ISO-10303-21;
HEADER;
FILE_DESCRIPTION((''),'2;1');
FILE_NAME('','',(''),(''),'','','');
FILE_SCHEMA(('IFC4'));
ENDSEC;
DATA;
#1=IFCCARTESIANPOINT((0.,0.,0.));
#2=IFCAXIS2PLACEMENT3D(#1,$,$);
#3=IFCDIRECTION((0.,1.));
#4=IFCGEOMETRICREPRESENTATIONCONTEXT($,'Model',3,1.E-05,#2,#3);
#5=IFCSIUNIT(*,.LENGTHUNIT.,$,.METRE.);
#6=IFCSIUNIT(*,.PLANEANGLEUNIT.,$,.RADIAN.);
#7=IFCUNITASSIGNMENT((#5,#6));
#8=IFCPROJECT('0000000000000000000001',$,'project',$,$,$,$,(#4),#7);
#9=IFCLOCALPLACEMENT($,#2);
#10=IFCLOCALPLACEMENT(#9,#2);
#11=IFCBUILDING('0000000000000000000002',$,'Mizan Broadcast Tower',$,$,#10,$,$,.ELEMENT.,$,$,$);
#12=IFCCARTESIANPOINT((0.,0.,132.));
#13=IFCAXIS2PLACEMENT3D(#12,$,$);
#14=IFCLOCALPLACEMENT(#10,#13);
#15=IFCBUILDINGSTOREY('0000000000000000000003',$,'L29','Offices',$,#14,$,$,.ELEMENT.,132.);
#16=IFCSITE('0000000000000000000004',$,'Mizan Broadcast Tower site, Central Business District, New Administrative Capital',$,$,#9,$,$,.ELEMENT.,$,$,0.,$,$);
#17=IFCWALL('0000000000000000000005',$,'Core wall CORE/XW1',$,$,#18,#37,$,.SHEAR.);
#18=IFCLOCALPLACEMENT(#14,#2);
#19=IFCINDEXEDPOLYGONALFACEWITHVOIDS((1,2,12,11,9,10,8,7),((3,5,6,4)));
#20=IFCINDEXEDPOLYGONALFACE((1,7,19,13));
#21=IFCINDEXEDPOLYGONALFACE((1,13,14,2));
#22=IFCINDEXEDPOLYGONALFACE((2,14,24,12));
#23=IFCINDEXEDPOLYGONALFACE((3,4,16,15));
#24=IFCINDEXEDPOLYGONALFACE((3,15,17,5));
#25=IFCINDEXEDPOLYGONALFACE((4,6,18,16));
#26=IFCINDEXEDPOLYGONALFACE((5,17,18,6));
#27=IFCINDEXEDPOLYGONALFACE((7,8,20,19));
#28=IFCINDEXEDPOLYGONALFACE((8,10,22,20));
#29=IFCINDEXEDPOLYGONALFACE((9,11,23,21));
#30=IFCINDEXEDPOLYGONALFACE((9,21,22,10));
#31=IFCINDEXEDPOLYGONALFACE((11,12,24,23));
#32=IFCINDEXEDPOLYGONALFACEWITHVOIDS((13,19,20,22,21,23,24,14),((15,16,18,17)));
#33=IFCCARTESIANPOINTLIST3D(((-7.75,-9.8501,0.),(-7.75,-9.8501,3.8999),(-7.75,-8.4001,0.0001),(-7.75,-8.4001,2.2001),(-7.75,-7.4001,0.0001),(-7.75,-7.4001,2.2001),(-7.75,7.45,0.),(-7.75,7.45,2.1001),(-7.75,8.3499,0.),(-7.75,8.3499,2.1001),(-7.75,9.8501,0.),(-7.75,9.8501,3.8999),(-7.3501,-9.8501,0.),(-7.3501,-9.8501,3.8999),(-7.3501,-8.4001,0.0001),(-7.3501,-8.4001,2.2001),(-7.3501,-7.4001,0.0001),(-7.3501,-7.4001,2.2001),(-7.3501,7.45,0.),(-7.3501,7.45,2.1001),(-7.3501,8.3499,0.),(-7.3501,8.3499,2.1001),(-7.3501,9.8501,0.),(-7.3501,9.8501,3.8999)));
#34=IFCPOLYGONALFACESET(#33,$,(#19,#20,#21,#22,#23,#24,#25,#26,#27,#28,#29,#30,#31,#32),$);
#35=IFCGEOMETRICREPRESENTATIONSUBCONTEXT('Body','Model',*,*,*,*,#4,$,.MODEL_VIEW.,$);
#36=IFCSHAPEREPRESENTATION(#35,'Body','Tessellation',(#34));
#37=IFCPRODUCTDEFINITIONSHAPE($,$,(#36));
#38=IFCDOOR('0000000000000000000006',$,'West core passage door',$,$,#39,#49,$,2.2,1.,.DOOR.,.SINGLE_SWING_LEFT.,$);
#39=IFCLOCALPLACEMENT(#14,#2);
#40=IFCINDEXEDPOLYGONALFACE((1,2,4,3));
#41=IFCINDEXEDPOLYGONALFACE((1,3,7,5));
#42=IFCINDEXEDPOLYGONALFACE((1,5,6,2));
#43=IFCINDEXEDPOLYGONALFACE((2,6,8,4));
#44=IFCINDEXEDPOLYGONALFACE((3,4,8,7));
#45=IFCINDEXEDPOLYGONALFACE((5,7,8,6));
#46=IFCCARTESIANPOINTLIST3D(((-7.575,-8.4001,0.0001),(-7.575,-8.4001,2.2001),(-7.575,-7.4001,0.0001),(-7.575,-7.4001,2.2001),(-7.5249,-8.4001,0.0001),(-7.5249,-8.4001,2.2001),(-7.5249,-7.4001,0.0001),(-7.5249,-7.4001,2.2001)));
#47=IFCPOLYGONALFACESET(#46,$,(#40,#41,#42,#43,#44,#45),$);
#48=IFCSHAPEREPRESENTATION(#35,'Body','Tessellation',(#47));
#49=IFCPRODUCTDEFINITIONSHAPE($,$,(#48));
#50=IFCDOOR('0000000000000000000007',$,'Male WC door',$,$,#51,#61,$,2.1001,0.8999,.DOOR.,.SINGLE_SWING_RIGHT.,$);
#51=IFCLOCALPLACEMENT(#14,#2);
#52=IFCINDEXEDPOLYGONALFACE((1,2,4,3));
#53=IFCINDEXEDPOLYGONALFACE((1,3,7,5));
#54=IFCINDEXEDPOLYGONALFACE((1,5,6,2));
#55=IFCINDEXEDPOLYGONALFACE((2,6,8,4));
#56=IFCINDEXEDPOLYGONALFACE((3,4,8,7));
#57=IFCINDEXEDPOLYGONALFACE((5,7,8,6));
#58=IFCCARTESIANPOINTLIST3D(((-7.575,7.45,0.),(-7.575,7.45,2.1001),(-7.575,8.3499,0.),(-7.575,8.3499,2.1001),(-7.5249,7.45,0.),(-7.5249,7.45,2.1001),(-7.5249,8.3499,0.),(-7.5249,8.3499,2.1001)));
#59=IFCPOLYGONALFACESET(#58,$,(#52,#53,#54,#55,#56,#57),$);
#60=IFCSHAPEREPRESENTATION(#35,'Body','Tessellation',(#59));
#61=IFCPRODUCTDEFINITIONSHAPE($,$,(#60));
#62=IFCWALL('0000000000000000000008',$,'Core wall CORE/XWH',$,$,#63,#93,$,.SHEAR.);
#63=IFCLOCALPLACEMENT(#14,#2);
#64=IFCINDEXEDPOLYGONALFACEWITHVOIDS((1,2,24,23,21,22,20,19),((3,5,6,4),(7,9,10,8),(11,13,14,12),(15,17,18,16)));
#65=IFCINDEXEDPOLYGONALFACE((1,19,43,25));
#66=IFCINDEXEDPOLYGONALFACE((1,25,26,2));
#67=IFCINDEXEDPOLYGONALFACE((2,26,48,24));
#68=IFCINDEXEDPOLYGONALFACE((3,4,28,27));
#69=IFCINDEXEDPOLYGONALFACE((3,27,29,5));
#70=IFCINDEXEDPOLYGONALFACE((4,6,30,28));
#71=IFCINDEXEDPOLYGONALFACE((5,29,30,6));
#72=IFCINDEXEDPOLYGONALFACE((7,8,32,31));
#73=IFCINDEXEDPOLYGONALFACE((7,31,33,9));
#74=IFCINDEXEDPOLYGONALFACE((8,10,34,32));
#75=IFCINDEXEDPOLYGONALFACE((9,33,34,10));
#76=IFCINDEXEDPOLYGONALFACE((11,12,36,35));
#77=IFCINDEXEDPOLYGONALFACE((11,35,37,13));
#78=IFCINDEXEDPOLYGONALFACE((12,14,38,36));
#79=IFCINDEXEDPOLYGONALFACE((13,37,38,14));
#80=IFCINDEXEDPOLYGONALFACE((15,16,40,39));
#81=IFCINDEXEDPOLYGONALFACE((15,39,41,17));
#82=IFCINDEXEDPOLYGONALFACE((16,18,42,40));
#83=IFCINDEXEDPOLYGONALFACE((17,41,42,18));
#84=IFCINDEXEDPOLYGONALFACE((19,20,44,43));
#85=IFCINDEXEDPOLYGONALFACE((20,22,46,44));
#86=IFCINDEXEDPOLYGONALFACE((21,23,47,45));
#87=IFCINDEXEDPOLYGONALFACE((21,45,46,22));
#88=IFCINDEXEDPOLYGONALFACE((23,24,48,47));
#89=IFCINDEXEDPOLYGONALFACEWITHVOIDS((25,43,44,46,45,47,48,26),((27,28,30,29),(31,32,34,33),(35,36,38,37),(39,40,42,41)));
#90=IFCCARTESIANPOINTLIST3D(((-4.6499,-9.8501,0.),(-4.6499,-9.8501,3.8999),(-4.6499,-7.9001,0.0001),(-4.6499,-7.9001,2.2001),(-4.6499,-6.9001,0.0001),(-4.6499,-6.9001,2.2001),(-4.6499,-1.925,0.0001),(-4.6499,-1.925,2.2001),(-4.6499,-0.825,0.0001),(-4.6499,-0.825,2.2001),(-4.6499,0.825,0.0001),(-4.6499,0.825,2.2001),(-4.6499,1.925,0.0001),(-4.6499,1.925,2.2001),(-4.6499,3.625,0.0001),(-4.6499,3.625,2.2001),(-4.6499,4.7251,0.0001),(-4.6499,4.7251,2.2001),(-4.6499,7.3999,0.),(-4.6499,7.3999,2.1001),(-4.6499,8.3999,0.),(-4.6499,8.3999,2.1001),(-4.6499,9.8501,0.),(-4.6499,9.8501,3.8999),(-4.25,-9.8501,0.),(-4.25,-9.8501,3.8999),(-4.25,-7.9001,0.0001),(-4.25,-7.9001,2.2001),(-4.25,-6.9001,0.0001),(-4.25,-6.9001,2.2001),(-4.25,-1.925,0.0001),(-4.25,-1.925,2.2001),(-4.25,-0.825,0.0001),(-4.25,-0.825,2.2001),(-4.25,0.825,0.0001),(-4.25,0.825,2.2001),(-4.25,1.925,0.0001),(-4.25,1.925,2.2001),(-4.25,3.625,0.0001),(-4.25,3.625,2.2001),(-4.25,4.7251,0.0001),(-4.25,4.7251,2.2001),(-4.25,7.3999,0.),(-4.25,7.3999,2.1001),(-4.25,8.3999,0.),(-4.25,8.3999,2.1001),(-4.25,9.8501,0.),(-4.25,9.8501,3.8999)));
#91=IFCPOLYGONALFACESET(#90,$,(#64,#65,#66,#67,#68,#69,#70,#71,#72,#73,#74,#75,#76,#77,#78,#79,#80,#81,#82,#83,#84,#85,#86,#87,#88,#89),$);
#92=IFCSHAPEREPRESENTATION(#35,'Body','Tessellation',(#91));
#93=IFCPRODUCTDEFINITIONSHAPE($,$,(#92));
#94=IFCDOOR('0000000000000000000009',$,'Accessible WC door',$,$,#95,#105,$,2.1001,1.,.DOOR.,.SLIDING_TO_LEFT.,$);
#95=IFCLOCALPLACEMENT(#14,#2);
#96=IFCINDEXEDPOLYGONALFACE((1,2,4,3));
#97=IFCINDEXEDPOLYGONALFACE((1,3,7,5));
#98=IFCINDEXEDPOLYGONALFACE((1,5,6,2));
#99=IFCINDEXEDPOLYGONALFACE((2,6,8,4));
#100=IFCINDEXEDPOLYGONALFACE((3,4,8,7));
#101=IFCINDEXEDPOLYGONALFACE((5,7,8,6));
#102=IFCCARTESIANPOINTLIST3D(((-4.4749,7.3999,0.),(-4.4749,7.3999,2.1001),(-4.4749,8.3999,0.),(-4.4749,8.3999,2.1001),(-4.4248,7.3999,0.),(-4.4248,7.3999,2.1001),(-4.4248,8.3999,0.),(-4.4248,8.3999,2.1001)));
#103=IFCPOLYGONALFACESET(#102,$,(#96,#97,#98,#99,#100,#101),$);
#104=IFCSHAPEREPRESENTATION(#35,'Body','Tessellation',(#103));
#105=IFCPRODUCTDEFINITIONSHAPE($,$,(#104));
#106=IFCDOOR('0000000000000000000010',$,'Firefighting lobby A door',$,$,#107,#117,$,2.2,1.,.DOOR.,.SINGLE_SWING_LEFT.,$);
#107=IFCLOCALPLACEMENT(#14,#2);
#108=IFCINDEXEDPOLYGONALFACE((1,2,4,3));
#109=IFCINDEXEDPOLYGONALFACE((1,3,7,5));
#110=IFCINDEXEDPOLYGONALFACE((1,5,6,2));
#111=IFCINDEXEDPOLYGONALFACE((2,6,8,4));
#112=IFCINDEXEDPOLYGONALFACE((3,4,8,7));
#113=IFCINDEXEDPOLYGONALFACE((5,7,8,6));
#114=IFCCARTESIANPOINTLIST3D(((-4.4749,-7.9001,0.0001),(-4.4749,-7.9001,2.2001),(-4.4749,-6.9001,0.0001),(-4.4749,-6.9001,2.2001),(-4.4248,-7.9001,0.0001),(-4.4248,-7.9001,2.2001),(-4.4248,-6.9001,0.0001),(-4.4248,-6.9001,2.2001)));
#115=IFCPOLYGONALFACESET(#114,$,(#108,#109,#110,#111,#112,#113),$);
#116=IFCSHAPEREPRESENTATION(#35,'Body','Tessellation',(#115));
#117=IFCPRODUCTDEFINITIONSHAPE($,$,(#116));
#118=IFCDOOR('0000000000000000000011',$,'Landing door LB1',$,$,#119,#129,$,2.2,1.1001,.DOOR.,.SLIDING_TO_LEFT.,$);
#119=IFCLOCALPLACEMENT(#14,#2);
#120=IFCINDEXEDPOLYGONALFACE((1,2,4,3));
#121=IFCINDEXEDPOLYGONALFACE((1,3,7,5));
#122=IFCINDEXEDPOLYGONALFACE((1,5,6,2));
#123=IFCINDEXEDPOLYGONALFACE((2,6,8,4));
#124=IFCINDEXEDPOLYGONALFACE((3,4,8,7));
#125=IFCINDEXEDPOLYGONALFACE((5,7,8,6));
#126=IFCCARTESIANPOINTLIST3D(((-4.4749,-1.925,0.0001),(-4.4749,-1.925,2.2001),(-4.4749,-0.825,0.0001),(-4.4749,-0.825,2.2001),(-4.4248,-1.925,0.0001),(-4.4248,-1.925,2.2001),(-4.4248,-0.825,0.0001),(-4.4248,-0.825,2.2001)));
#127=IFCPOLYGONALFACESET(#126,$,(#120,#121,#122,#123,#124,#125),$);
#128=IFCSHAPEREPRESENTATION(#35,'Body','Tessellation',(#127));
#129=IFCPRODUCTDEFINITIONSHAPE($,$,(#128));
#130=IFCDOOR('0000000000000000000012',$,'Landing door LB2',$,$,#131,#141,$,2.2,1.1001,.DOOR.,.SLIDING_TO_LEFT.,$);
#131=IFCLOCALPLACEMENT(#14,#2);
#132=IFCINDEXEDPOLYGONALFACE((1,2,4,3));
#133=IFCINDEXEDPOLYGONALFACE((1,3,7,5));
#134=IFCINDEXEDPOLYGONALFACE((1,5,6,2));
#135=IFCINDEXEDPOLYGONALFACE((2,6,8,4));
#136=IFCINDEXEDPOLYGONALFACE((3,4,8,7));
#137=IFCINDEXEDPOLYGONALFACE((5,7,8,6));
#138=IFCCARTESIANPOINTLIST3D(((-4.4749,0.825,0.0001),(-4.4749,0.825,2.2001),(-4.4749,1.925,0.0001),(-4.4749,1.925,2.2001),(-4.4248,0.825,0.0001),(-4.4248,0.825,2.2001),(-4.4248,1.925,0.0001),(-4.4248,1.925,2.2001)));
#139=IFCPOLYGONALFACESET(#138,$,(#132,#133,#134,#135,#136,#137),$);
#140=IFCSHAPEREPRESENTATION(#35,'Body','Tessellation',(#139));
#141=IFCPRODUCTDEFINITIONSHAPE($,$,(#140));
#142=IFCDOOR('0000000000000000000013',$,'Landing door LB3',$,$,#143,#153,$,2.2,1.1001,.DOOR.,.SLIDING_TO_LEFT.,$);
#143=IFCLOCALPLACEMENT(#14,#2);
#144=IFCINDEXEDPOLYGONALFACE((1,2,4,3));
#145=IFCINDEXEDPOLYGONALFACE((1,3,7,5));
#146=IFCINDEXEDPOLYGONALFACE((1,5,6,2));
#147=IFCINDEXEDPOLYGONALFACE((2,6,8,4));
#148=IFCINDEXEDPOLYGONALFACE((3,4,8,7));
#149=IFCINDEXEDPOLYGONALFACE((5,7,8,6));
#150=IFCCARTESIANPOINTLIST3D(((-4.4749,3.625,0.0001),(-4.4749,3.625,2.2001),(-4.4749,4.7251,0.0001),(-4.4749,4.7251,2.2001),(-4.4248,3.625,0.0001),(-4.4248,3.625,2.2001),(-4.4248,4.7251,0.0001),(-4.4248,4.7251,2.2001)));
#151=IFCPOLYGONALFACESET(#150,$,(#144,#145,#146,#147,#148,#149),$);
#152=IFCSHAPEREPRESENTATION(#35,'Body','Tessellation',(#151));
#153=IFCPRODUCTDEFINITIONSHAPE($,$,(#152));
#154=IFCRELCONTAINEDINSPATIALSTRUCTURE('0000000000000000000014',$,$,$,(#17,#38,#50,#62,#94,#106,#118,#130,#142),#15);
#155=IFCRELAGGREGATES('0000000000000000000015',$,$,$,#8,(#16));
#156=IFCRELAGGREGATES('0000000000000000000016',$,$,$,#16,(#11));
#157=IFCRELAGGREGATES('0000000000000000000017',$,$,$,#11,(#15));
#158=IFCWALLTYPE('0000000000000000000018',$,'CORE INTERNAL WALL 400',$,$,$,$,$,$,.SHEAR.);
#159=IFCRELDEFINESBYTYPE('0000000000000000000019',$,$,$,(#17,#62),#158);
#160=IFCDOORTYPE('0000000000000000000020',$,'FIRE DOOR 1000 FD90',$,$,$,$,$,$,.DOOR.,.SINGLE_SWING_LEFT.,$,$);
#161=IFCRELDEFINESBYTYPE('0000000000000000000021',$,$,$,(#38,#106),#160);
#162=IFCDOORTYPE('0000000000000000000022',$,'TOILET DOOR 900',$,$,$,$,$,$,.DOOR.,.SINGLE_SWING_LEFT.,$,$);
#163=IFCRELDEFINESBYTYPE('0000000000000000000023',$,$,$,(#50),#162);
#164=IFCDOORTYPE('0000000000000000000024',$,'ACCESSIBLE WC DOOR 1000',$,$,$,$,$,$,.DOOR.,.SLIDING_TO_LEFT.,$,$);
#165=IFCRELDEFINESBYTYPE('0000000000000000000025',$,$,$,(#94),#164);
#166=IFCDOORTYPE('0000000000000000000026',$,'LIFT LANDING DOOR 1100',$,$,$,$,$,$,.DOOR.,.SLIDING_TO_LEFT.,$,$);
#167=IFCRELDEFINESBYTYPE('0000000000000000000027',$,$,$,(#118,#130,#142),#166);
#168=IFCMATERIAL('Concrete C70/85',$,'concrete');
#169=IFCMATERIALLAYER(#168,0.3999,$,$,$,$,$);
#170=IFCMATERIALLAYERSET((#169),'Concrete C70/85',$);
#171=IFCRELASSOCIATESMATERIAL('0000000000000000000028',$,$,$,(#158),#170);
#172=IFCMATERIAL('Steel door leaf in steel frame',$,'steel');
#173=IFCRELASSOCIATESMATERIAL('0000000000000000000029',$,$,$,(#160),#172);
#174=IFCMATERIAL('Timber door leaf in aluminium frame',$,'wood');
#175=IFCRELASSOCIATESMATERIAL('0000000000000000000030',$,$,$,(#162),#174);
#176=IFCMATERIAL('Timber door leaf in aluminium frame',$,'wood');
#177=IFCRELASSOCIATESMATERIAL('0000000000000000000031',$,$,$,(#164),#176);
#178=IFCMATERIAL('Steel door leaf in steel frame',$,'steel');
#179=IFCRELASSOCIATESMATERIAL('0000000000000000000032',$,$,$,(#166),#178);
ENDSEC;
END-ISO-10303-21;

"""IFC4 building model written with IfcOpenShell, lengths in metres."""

from ifc_helpers import new_model, si_unit, direction, frame, frame_2d, origin, place, context, subcontext, project, spatial, rectangle, extrude, material, layer, layer_set, type_object, element, fill, save


model = new_model("IFC4")

# Units and contexts
model_context = context("Model", 3, precision=1e-05, world=origin(), true_north=direction((0.0, 1.0)))
body_context = subcontext(model_context, "Body", "Model", "MODEL_VIEW")
ifc_project = project(units=[si_unit("LENGTHUNIT", "METRE"), si_unit("PLANEANGLEUNIT", "RADIAN")], contexts=[model_context])

# Site, building, storey
site_placement = place(None, origin())
site = spatial("IfcSite", under=ifc_project, at=site_placement, Name="Mizan Broadcast Tower site, Central Business District, New Administrative Capital", CompositionType="ELEMENT", RefElevation=0.0)
building_placement = place(site_placement, origin())
building = spatial("IfcBuilding", under=site, at=building_placement, Name="Mizan Broadcast Tower", CompositionType="ELEMENT")
storey_placement = place(building_placement, frame((0.0, 0.0, 132.0)))
storey = spatial("IfcBuildingStorey", under=building, at=storey_placement, Name="L29", Description="Offices", CompositionType="ELEMENT", Elevation=132.0)

# Walls, openings, doors
ifc_material_1 = material(Name="Concrete C70/85", Category="concrete")
ifc_layer_1 = layer(ifc_material_1, 0.3999)
ifc_layer_set_1 = layer_set([ifc_layer_1], Name="Concrete C70/85")
wall_type_1 = type_object("IfcWallType", Name="CORE INTERNAL WALL 400", PredefinedType="SHEAR", material=ifc_layer_set_1)
wall_1_placement = place(storey_placement, frame((-7.55, -9.8501, 0.0), z_axis=(0.0, 0.0, 1.0), x_axis=(0.0, 1.0, 0.0)))
wall_1 = element("IfcWall", 1, at=wall_1_placement, inside=storey, type_object=wall_type_1, Name="Core wall CORE/XW1", PredefinedType="SHEAR", context=body_context, shape_type="SweptSolid", body=[
    extrude(rectangle(XDim=19.7002, YDim=0.3999, at=frame_2d((9.8501, 0.0))), origin(), (0.0, 0.0, 1.0), 3.8999),
])
opening_1_placement = place(wall_1_placement, frame((1.45, 0.0, 0.0)))
opening_1 = element("IfcOpeningElement", 2, at=opening_1_placement, cuts=wall_1, PredefinedType="OPENING", context=body_context, shape_type="SweptSolid", body=[
    extrude(rectangle(XDim=1.0, YDim=2.2, at=frame_2d((0.5, 1.1001))), frame((0.0, 0.21, 0.0), z_axis=(0.0, -1.0, 0.0), x_axis=(1.0, 0.0, 0.0)), (0.0, 0.0, 1.0), 0.4199),
])
opening_2_placement = place(wall_1_placement, frame((17.3, 0.0, 0.0)))
opening_2 = element("IfcOpeningElement", 3, at=opening_2_placement, cuts=wall_1, PredefinedType="OPENING", context=body_context, shape_type="SweptSolid", body=[
    extrude(rectangle(XDim=0.8999, YDim=2.1001, at=frame_2d((0.45, 1.05))), frame((0.0, 0.21, 0.0), z_axis=(0.0, -1.0, 0.0), x_axis=(1.0, 0.0, 0.0)), (0.0, 0.0, 1.0), 0.4199),
])
ifc_material_2 = material(Name="Steel door leaf in steel frame", Category="steel")
door_type_1 = type_object("IfcDoorType", Name="FIRE DOOR 1000 FD90", OperationType="SINGLE_SWING_LEFT", PredefinedType="DOOR", material=ifc_material_2)
door_1_placement = place(opening_1_placement, origin())
door_1 = element("IfcDoor", 4, at=door_1_placement, inside=storey, type_object=door_type_1, Name="West core passage door", OperationType="SINGLE_SWING_LEFT", OverallHeight=2.2, OverallWidth=1.0, PredefinedType="DOOR", context=body_context, shape_type="SweptSolid", body=[
    extrude(rectangle(XDim=1.0, YDim=2.2, at=frame_2d((0.5, 1.1001))), frame((0.0, 0.0249, 0.0), z_axis=(0.0, -1.0, 0.0), x_axis=(1.0, 0.0, 0.0)), (0.0, 0.0, 1.0), 0.05),
])
fill(opening_1, door_1)
ifc_material_3 = material(Name="Timber door leaf in aluminium frame", Category="wood")
door_type_2 = type_object("IfcDoorType", Name="TOILET DOOR 900", OperationType="SINGLE_SWING_LEFT", PredefinedType="DOOR", material=ifc_material_3)
door_2_placement = place(opening_2_placement, origin())
door_2 = element("IfcDoor", 5, at=door_2_placement, inside=storey, type_object=door_type_2, Name="Male WC door", OperationType="SINGLE_SWING_RIGHT", OverallHeight=2.1001, OverallWidth=0.8999, PredefinedType="DOOR", context=body_context, shape_type="SweptSolid", body=[
    extrude(rectangle(XDim=0.8999, YDim=2.1001, at=frame_2d((0.45, 1.05))), frame((0.0, 0.0249, 0.0), z_axis=(0.0, -1.0, 0.0), x_axis=(1.0, 0.0, 0.0)), (0.0, 0.0, 1.0), 0.05),
])
fill(opening_2, door_2)
wall_2_placement = place(storey_placement, frame((-4.45, -9.8501, 0.0), z_axis=(0.0, 0.0, 1.0), x_axis=(0.0, 1.0, 0.0)))
wall_2 = element("IfcWall", 6, at=wall_2_placement, inside=storey, type_object=wall_type_1, Name="Core wall CORE/XWH", PredefinedType="SHEAR", context=body_context, shape_type="SweptSolid", body=[
    extrude(rectangle(XDim=19.7002, YDim=0.3999, at=frame_2d((9.8501, 0.0))), origin(), (0.0, 0.0, 1.0), 3.8999),
])
opening_3_placement = place(wall_2_placement, frame((1.95, 0.0, 0.0)))
opening_3 = element("IfcOpeningElement", 7, at=opening_3_placement, cuts=wall_2, PredefinedType="OPENING", context=body_context, shape_type="SweptSolid", body=[
    extrude(rectangle(XDim=1.0, YDim=2.2, at=frame_2d((0.5, 1.1001))), frame((0.0, 0.21, 0.0), z_axis=(0.0, -1.0, 0.0), x_axis=(1.0, 0.0, 0.0)), (0.0, 0.0, 1.0), 0.4199),
])
opening_4_placement = place(wall_2_placement, frame((17.25, 0.0, 0.0)))
opening_4 = element("IfcOpeningElement", 8, at=opening_4_placement, cuts=wall_2, PredefinedType="OPENING", context=body_context, shape_type="SweptSolid", body=[
    extrude(rectangle(XDim=1.0, YDim=2.1001, at=frame_2d((0.5, 1.05))), frame((0.0, 0.21, 0.0), z_axis=(0.0, -1.0, 0.0), x_axis=(1.0, 0.0, 0.0)), (0.0, 0.0, 1.0), 0.4199),
])
opening_5_placement = place(wall_2_placement, frame((7.925, 0.0, 0.0)))
opening_5 = element("IfcOpeningElement", 9, at=opening_5_placement, cuts=wall_2, PredefinedType="OPENING", context=body_context, shape_type="SweptSolid", body=[
    extrude(rectangle(XDim=1.1001, YDim=2.2, at=frame_2d((0.55, 1.1001))), frame((0.0, 0.21, 0.0), z_axis=(0.0, -1.0, 0.0), x_axis=(1.0, 0.0, 0.0)), (0.0, 0.0, 1.0), 0.4199),
])
opening_6_placement = place(wall_2_placement, frame((10.675, 0.0, 0.0)))
opening_6 = element("IfcOpeningElement", 10, at=opening_6_placement, cuts=wall_2, PredefinedType="OPENING", context=body_context, shape_type="SweptSolid", body=[
    extrude(rectangle(XDim=1.1001, YDim=2.2, at=frame_2d((0.55, 1.1001))), frame((0.0, 0.21, 0.0), z_axis=(0.0, -1.0, 0.0), x_axis=(1.0, 0.0, 0.0)), (0.0, 0.0, 1.0), 0.4199),
])
opening_7_placement = place(wall_2_placement, frame((13.4751, 0.0, 0.0)))
opening_7 = element("IfcOpeningElement", 11, at=opening_7_placement, cuts=wall_2, PredefinedType="OPENING", context=body_context, shape_type="SweptSolid", body=[
    extrude(rectangle(XDim=1.1001, YDim=2.2, at=frame_2d((0.55, 1.1001))), frame((0.0, 0.21, 0.0), z_axis=(0.0, -1.0, 0.0), x_axis=(1.0, 0.0, 0.0)), (0.0, 0.0, 1.0), 0.4199),
])
ifc_material_4 = material(Name="Timber door leaf in aluminium frame", Category="wood")
door_type_3 = type_object("IfcDoorType", Name="ACCESSIBLE WC DOOR 1000", OperationType="SLIDING_TO_LEFT", PredefinedType="DOOR", material=ifc_material_4)
door_3_placement = place(opening_4_placement, origin())
door_3 = element("IfcDoor", 12, at=door_3_placement, inside=storey, type_object=door_type_3, Name="Accessible WC door", OperationType="SLIDING_TO_LEFT", OverallHeight=2.1001, OverallWidth=1.0, PredefinedType="DOOR", context=body_context, shape_type="SweptSolid", body=[
    extrude(rectangle(XDim=1.0, YDim=2.1001, at=frame_2d((0.5, 1.05))), frame((0.0, 0.0249, 0.0), z_axis=(0.0, -1.0, 0.0), x_axis=(1.0, 0.0, 0.0)), (0.0, 0.0, 1.0), 0.05),
])
fill(opening_4, door_3)
door_4_placement = place(opening_3_placement, origin())
door_4 = element("IfcDoor", 13, at=door_4_placement, inside=storey, type_object=door_type_1, Name="Firefighting lobby A door", OperationType="SINGLE_SWING_LEFT", OverallHeight=2.2, OverallWidth=1.0, PredefinedType="DOOR", context=body_context, shape_type="SweptSolid", body=[
    extrude(rectangle(XDim=1.0, YDim=2.2, at=frame_2d((0.5, 1.1001))), frame((0.0, 0.0249, 0.0), z_axis=(0.0, -1.0, 0.0), x_axis=(1.0, 0.0, 0.0)), (0.0, 0.0, 1.0), 0.05),
])
fill(opening_3, door_4)
ifc_material_5 = material(Name="Steel door leaf in steel frame", Category="steel")
door_type_4 = type_object("IfcDoorType", Name="LIFT LANDING DOOR 1100", OperationType="SLIDING_TO_LEFT", PredefinedType="DOOR", material=ifc_material_5)
door_5_placement = place(opening_5_placement, origin())
door_5 = element("IfcDoor", 14, at=door_5_placement, inside=storey, type_object=door_type_4, Name="Landing door LB1", OperationType="SLIDING_TO_LEFT", OverallHeight=2.2, OverallWidth=1.1001, PredefinedType="DOOR", context=body_context, shape_type="SweptSolid", body=[
    extrude(rectangle(XDim=1.1001, YDim=2.2, at=frame_2d((0.55, 1.1001))), frame((0.0, 0.0249, 0.0), z_axis=(0.0, -1.0, 0.0), x_axis=(1.0, 0.0, 0.0)), (0.0, 0.0, 1.0), 0.05),
])
fill(opening_5, door_5)
door_6_placement = place(opening_6_placement, origin())
door_6 = element("IfcDoor", 15, at=door_6_placement, inside=storey, type_object=door_type_4, Name="Landing door LB2", OperationType="SLIDING_TO_LEFT", OverallHeight=2.2, OverallWidth=1.1001, PredefinedType="DOOR", context=body_context, shape_type="SweptSolid", body=[
    extrude(rectangle(XDim=1.1001, YDim=2.2, at=frame_2d((0.55, 1.1001))), frame((0.0, 0.0249, 0.0), z_axis=(0.0, -1.0, 0.0), x_axis=(1.0, 0.0, 0.0)), (0.0, 0.0, 1.0), 0.05),
])
fill(opening_6, door_6)
door_7_placement = place(opening_7_placement, origin())
door_7 = element("IfcDoor", 16, at=door_7_placement, inside=storey, type_object=door_type_4, Name="Landing door LB3", OperationType="SLIDING_TO_LEFT", OverallHeight=2.2, OverallWidth=1.1001, PredefinedType="DOOR", context=body_context, shape_type="SweptSolid", body=[
    extrude(rectangle(XDim=1.1001, YDim=2.2, at=frame_2d((0.55, 1.1001))), frame((0.0, 0.0249, 0.0), z_axis=(0.0, -1.0, 0.0), x_axis=(1.0, 0.0, 0.0)), (0.0, 0.0, 1.0), 0.05),
])
fill(opening_7, door_7)

save(model, "model.ifc")
